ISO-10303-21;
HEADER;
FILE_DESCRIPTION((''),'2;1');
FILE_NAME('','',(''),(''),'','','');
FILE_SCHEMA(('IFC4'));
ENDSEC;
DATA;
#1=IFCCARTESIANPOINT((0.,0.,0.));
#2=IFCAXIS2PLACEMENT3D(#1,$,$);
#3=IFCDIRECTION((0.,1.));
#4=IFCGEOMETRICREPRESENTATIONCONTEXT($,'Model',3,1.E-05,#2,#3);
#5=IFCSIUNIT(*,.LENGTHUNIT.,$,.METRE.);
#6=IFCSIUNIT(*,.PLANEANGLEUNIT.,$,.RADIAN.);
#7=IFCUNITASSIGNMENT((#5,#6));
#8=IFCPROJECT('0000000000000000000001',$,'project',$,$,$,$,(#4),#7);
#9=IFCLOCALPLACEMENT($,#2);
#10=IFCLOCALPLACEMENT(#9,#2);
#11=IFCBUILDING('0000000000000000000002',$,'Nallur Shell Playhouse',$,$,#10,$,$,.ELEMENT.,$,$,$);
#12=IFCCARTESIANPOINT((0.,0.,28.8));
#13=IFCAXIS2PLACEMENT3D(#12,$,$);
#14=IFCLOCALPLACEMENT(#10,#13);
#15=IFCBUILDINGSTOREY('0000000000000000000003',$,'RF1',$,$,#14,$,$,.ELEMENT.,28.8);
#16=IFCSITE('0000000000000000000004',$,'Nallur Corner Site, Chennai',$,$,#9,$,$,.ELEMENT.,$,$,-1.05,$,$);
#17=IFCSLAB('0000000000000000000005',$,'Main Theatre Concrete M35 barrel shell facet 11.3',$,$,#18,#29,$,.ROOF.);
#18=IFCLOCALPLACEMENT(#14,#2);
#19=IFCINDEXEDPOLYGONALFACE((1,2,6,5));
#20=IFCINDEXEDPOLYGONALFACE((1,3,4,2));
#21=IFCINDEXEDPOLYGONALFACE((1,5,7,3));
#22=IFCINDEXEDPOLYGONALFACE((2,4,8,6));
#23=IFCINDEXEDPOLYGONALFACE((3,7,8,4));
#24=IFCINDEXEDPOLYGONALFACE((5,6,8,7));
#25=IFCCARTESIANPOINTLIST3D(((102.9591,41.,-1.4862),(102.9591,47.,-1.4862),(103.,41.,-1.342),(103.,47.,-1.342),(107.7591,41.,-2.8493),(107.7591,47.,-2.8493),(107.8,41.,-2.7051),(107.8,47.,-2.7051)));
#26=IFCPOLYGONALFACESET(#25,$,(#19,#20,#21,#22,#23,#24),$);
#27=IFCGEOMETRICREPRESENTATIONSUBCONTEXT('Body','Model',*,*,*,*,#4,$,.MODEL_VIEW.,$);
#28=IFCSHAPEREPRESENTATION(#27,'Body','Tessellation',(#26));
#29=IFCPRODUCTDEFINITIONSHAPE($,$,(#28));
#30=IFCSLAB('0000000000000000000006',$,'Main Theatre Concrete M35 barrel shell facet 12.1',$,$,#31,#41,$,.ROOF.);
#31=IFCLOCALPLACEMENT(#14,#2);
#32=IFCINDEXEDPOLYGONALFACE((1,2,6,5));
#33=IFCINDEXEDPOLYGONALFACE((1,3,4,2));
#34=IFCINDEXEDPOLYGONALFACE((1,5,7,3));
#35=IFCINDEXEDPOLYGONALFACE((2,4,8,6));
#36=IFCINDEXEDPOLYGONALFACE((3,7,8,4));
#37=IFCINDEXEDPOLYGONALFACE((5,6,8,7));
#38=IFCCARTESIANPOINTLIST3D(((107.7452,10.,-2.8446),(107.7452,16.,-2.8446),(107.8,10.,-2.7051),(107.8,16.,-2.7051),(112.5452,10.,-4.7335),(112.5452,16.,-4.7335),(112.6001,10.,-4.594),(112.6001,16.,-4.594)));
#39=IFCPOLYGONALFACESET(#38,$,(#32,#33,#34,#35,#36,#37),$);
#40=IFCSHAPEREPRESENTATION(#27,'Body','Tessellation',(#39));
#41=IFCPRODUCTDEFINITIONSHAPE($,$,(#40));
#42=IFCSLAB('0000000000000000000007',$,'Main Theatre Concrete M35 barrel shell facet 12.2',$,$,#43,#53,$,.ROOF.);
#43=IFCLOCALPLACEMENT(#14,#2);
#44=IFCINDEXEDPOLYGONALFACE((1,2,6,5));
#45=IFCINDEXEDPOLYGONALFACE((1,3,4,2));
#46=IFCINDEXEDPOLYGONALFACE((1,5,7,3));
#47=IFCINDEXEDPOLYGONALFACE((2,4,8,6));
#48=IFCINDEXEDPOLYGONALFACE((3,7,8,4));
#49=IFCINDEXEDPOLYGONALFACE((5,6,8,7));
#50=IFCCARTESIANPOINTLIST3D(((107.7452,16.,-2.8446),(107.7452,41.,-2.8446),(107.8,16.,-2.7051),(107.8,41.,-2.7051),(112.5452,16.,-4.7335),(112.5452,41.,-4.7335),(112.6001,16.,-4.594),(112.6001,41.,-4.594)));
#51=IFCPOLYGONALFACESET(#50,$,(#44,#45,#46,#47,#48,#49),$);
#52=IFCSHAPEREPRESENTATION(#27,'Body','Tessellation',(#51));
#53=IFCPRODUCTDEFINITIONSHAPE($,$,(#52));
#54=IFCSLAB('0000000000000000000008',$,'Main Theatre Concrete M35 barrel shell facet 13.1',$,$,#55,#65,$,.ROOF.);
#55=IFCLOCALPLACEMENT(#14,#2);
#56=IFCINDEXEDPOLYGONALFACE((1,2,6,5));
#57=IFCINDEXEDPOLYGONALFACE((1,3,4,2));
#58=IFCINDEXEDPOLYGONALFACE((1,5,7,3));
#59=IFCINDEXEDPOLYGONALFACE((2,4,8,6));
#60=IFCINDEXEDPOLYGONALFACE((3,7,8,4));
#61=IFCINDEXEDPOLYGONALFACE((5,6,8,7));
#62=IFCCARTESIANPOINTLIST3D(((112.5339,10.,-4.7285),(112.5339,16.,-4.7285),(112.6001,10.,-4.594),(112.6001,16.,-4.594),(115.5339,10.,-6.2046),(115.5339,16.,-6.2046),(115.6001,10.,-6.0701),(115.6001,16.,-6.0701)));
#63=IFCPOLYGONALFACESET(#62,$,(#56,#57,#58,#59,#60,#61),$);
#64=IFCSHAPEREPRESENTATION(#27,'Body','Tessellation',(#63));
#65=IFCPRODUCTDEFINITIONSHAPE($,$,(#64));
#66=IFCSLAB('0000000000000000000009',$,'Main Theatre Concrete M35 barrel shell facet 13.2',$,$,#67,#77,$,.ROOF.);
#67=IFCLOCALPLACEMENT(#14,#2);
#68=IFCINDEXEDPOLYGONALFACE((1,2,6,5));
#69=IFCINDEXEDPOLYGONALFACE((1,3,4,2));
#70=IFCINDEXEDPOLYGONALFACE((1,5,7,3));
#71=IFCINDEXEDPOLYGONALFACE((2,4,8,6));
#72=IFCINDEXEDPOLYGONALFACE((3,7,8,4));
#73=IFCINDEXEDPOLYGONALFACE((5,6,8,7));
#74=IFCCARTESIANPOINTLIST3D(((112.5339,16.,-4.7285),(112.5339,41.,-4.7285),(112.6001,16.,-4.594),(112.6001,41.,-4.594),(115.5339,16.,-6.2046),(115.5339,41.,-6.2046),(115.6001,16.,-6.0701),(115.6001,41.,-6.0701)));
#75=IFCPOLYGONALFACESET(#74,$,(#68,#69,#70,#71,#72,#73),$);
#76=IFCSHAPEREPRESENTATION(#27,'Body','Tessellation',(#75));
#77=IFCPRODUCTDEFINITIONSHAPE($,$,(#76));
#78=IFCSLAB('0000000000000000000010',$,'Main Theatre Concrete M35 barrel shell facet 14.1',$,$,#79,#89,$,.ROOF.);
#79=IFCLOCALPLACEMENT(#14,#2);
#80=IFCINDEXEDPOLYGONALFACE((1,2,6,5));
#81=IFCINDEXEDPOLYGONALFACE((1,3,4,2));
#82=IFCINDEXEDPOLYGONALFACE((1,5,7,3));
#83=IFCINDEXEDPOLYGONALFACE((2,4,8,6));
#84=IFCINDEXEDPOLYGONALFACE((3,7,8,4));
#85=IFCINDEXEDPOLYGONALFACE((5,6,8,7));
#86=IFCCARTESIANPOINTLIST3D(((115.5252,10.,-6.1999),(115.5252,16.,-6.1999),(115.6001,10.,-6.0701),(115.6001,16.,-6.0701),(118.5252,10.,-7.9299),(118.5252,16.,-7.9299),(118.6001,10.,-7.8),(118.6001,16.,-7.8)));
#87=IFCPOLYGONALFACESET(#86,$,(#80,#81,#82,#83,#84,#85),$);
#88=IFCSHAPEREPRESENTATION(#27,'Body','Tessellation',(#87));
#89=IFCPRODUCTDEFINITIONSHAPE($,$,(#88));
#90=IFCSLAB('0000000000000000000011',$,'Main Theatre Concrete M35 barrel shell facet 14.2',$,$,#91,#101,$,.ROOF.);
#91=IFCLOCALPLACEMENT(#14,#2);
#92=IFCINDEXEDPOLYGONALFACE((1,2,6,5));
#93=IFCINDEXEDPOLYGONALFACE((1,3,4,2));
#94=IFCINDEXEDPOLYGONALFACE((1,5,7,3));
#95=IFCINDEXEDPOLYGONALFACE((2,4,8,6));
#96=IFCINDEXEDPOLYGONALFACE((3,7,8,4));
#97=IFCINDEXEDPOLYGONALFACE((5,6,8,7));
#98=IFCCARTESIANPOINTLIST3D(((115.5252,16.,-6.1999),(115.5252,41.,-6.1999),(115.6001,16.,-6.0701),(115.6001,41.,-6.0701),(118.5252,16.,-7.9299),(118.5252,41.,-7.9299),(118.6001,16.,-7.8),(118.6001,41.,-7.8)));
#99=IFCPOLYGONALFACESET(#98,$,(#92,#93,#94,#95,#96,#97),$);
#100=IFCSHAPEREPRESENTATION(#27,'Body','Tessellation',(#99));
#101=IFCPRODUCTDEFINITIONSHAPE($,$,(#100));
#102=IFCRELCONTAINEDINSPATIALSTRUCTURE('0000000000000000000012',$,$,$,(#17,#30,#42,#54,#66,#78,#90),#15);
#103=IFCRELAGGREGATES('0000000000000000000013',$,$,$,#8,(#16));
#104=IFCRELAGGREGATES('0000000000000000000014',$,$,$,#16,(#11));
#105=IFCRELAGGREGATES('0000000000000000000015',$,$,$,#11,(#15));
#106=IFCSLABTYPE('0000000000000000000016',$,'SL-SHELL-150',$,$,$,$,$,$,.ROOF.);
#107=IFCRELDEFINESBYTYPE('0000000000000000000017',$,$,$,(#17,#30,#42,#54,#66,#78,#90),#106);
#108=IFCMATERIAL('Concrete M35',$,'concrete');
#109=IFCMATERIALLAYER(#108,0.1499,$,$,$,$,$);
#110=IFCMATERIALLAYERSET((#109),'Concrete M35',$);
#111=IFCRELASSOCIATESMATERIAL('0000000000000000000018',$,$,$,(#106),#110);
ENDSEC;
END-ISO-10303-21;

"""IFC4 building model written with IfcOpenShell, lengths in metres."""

from ifc_helpers import new_model, si_unit, direction, frame, origin, place, context, subcontext, project, spatial, polyline, outline, extrude, material, layer, layer_set, type_object, element, save


model = new_model("IFC4")

# Units and contexts
model_context = context("Model", 3, precision=1e-05, world=origin(), true_north=direction((0.0, 1.0)))
body_context = subcontext(model_context, "Body", "Model", "MODEL_VIEW")
ifc_project = project(units=[si_unit("LENGTHUNIT", "METRE"), si_unit("PLANEANGLEUNIT", "RADIAN")], contexts=[model_context])

# Site, building, storey
site_placement = place(None, origin())
site = spatial("IfcSite", under=ifc_project, at=site_placement, Name="Nallur Corner Site, Chennai", CompositionType="ELEMENT", RefElevation=-1.05)
building_placement = place(site_placement, origin())
building = spatial("IfcBuilding", under=site, at=building_placement, Name="Nallur Shell Playhouse", CompositionType="ELEMENT")
storey_placement = place(building_placement, frame((0.0, 0.0, 28.8)))
storey = spatial("IfcBuildingStorey", under=building, at=storey_placement, Name="RF1", CompositionType="ELEMENT", Elevation=28.8)

# Slabs
ifc_material_1 = material(Name="Concrete M35", Category="concrete")
ifc_layer = layer(ifc_material_1, 0.1499)
ifc_layer_set = layer_set([ifc_layer], Name="Concrete M35")
slab_type = type_object("IfcSlabType", Name="SL-SHELL-150", PredefinedType="ROOF", material=ifc_layer_set)
slab_1_placement = place(storey_placement, frame((103.0, 41.0, -1.342), z_axis=(0.273163, 0.0, 0.961968), x_axis=(0.961968, 0.0, -0.273163)))
element("IfcSlab", 1, at=slab_1_placement, inside=storey, type_object=slab_type, Name="Main Theatre Concrete M35 barrel shell facet 11.3", PredefinedType="ROOF", context=body_context, shape_type="SweptSolid", body=[
    extrude(outline(polyline([(0.0, 0.0), (4.9898, 0.0), (4.9898, 6.0), (0.0, 6.0), (0.0, 0.0)])), origin(), (0.0, 0.0, -1.0), 0.1499),
])
slab_2_placement = place(storey_placement, frame((107.8, 10.0, -2.7051), z_axis=(0.366187, 0.0, 0.930541), x_axis=(0.930541, 0.0, -0.366187)))
element("IfcSlab", 2, at=slab_2_placement, inside=storey, type_object=slab_type, Name="Main Theatre Concrete M35 barrel shell facet 12.1", PredefinedType="ROOF", context=body_context, shape_type="SweptSolid", body=[
    extrude(outline(polyline([(0.0, 0.0), (5.1583, 0.0), (5.1583, 6.0), (0.0, 6.0), (0.0, 0.0)])), origin(), (0.0, 0.0, -1.0), 0.1499),
])
slab_3_placement = place(storey_placement, frame((107.8, 16.0, -2.7051), z_axis=(0.366187, 0.0, 0.930541), x_axis=(0.930541, 0.0, -0.366187)))
element("IfcSlab", 3, at=slab_3_placement, inside=storey, type_object=slab_type, Name="Main Theatre Concrete M35 barrel shell facet 12.2", PredefinedType="ROOF", context=body_context, shape_type="SweptSolid", body=[
    extrude(outline(polyline([(0.0, 0.0), (5.1583, 0.0), (5.1583, 25.0), (0.0, 25.0), (0.0, 0.0)])), origin(), (0.0, 0.0, -1.0), 0.1499),
])
slab_4_placement = place(storey_placement, frame((112.6001, 10.0, -4.594), z_axis=(0.44148, 0.0, 0.897271), x_axis=(0.897271, 0.0, -0.44148)))
element("IfcSlab", 4, at=slab_4_placement, inside=storey, type_object=slab_type, Name="Main Theatre Concrete M35 barrel shell facet 13.1", PredefinedType="ROOF", context=body_context, shape_type="SweptSolid", body=[
    extrude(outline(polyline([(0.0, 0.0), (3.3435, 0.0), (3.3435, 6.0), (0.0, 6.0), (0.0, 0.0)])), origin(), (0.0, 0.0, -1.0), 0.1499),
])
slab_5_placement = place(storey_placement, frame((112.6001, 16.0, -4.594), z_axis=(0.44148, 0.0, 0.897271), x_axis=(0.897271, 0.0, -0.44148)))
element("IfcSlab", 5, at=slab_5_placement, inside=storey, type_object=slab_type, Name="Main Theatre Concrete M35 barrel shell facet 13.2", PredefinedType="ROOF", context=body_context, shape_type="SweptSolid", body=[
    extrude(outline(polyline([(0.0, 0.0), (3.3435, 0.0), (3.3435, 25.0), (0.0, 25.0), (0.0, 0.0)])), origin(), (0.0, 0.0, -1.0), 0.1499),
])
slab_6_placement = place(storey_placement, frame((115.6001, 10.0, -6.0701), z_axis=(0.499552, 0.0, 0.866284), x_axis=(0.866284, 0.0, -0.499552)))
element("IfcSlab", 6, at=slab_6_placement, inside=storey, type_object=slab_type, Name="Main Theatre Concrete M35 barrel shell facet 14.1", PredefinedType="ROOF", context=body_context, shape_type="SweptSolid", body=[
    extrude(outline(polyline([(0.0, 0.0), (3.4631, 0.0), (3.4631, 6.0), (0.0, 6.0), (0.0, 0.0)])), origin(), (0.0, 0.0, -1.0), 0.1499),
])
slab_7_placement = place(storey_placement, frame((115.6001, 16.0, -6.0701), z_axis=(0.499552, 0.0, 0.866284), x_axis=(0.866284, 0.0, -0.499552)))
element("IfcSlab", 7, at=slab_7_placement, inside=storey, type_object=slab_type, Name="Main Theatre Concrete M35 barrel shell facet 14.2", PredefinedType="ROOF", context=body_context, shape_type="SweptSolid", body=[
    extrude(outline(polyline([(0.0, 0.0), (3.4631, 0.0), (3.4631, 25.0), (0.0, 25.0), (0.0, 0.0)])), origin(), (0.0, 0.0, -1.0), 0.1499),
])

save(model, "model.ifc")
